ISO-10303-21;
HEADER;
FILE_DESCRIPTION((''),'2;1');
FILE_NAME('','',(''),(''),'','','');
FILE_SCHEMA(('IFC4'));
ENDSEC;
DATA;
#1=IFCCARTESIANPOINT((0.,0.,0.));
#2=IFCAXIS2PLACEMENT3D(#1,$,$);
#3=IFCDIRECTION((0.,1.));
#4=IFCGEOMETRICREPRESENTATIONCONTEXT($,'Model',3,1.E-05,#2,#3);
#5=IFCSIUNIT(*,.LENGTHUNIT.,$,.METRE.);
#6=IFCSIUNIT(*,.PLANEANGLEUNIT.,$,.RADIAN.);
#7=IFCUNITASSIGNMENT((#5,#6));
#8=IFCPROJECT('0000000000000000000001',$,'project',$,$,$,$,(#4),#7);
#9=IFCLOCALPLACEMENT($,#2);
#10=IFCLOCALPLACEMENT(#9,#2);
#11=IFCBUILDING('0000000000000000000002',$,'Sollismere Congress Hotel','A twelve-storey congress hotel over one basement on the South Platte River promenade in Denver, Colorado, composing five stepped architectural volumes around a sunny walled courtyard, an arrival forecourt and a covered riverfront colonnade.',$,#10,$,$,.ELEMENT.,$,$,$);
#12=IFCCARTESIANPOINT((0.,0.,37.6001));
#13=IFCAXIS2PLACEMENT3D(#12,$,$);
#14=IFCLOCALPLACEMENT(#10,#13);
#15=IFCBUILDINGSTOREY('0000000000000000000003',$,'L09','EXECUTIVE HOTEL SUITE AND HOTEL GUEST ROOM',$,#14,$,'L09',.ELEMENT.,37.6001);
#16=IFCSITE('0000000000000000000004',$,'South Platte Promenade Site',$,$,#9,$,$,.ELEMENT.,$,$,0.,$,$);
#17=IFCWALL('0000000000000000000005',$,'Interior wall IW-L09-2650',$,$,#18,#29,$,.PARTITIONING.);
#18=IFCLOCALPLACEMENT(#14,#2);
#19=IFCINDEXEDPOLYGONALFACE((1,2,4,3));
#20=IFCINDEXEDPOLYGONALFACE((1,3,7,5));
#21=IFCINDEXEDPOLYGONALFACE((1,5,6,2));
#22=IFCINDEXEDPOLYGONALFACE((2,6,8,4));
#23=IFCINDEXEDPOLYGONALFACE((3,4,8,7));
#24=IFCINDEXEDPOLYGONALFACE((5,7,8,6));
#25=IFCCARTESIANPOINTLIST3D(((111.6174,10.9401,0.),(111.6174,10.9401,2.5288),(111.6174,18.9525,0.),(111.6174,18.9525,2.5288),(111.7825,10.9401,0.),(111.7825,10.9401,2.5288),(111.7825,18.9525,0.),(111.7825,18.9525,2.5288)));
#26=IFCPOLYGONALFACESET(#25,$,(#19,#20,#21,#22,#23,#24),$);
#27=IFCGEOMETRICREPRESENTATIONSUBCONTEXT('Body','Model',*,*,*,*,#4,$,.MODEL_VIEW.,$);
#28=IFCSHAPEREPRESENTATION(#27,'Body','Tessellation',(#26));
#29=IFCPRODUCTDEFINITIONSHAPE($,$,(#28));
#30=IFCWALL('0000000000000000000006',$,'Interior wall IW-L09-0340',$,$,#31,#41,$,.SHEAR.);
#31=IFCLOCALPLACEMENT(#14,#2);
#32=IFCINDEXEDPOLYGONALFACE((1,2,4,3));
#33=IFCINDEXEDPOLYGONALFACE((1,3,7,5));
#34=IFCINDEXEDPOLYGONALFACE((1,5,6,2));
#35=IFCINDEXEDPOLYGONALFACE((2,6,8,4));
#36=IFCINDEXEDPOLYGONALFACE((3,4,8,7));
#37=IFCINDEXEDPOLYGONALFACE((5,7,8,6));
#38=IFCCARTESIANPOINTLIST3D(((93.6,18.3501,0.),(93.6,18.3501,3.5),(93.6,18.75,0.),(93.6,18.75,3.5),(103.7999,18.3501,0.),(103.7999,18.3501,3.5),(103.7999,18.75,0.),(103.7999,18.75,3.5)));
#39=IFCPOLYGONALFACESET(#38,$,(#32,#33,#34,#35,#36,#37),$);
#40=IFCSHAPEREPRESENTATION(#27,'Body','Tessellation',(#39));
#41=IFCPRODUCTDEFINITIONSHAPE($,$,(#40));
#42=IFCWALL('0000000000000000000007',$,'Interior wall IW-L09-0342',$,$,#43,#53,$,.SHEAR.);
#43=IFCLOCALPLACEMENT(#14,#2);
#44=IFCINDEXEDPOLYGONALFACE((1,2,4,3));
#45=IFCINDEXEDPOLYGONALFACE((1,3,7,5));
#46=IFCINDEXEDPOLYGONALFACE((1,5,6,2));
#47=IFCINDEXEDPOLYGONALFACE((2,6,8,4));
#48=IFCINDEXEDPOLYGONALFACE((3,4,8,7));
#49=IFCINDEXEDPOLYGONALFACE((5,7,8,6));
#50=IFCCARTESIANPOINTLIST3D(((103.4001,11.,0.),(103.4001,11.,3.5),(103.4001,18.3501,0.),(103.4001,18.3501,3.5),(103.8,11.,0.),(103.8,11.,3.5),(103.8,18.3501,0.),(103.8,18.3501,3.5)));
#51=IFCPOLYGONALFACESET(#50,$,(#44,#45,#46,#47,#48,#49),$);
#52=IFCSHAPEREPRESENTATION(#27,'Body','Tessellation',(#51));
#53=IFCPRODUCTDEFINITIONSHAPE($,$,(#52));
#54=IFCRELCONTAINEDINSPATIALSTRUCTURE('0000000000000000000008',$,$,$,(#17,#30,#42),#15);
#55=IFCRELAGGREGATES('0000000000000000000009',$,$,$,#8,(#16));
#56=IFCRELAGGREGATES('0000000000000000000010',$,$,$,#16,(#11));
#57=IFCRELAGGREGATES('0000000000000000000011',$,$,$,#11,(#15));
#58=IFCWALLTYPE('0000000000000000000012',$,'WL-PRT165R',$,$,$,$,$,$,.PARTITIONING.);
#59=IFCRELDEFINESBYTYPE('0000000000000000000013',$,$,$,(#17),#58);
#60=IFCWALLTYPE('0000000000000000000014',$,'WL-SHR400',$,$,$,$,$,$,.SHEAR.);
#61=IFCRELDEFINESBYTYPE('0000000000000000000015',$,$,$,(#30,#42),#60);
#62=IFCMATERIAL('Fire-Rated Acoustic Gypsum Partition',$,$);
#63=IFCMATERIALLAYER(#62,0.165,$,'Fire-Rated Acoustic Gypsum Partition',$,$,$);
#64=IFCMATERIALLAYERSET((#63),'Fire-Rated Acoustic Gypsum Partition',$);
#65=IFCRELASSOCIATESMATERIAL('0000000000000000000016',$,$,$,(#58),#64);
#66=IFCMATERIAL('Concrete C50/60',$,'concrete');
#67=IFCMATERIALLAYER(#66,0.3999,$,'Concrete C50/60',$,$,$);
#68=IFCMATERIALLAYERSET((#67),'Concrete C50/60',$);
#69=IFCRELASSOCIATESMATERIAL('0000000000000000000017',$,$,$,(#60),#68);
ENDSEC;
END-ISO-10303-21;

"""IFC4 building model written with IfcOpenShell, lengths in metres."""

from ifc_helpers import new_model, si_unit, direction, frame, frame_2d, origin, place, context, subcontext, project, spatial, rectangle, extrude, material, layer, layer_set, type_object, element, save


model = new_model("IFC4")

# Units and contexts
model_context = context("Model", 3, precision=1e-05, world=origin(), true_north=direction((0.0, 1.0)))
body_context = subcontext(model_context, "Body", "Model", "MODEL_VIEW")
ifc_project = project(units=[si_unit("LENGTHUNIT", "METRE"), si_unit("PLANEANGLEUNIT", "RADIAN")], contexts=[model_context])

# Site, building, storey
site_placement = place(None, origin())
site = spatial("IfcSite", under=ifc_project, at=site_placement, Name="South Platte Promenade Site", CompositionType="ELEMENT", RefElevation=0.0)
building_placement = place(site_placement, origin())
building = spatial("IfcBuilding", under=site, at=building_placement, Name="Sollismere Congress Hotel", Description="A twelve-storey congress hotel over one basement on the South Platte River promenade in Denver, Colorado, composing five stepped architectural volumes around a sunny walled courtyard, an arrival forecourt and a covered riverfront colonnade.", CompositionType="ELEMENT")
storey_placement = place(building_placement, frame((0.0, 0.0, 37.6001)))
storey = spatial("IfcBuildingStorey", under=building, at=storey_placement, Name="L09", Description="EXECUTIVE HOTEL SUITE AND HOTEL GUEST ROOM", LongName="L09", CompositionType="ELEMENT", Elevation=37.6001)

# Walls
ifc_material_1 = material(Name="Fire-Rated Acoustic Gypsum Partition")
ifc_layer_1 = layer(ifc_material_1, 0.165, Name="Fire-Rated Acoustic Gypsum Partition")
ifc_layer_set_1 = layer_set([ifc_layer_1], Name="Fire-Rated Acoustic Gypsum Partition")
wall_type_1 = type_object("IfcWallType", Name="WL-PRT165R", PredefinedType="PARTITIONING", material=ifc_layer_set_1)
wall_1_placement = place(storey_placement, frame((111.7, 10.9399, 0.0), z_axis=(0.0, 0.0, 1.0), x_axis=(0.0, 1.0, 0.0)))
element("IfcWall", 1, at=wall_1_placement, inside=storey, type_object=wall_type_1, Name="Interior wall IW-L09-2650", PredefinedType="PARTITIONING", context=body_context, shape_type="SweptSolid", body=[
    extrude(rectangle(XDim=8.0125, YDim=0.165, at=frame_2d((4.0063, 0.0))), origin(), (0.0, 0.0, 1.0), 2.5288),
])
ifc_material_2 = material(Name="Concrete C50/60", Category="concrete")
ifc_layer_2 = layer(ifc_material_2, 0.3999, Name="Concrete C50/60")
ifc_layer_set_2 = layer_set([ifc_layer_2], Name="Concrete C50/60")
wall_type_2 = type_object("IfcWallType", Name="WL-SHR400", PredefinedType="SHEAR", material=ifc_layer_set_2)
wall_2_placement = place(storey_placement, frame((103.8, 18.55, 0.0), z_axis=(0.0, 0.0, 1.0), x_axis=(-1.0, 0.0, 0.0)))
element("IfcWall", 2, at=wall_2_placement, inside=storey, type_object=wall_type_2, Name="Interior wall IW-L09-0340", PredefinedType="SHEAR", context=body_context, shape_type="SweptSolid", body=[
    extrude(rectangle(XDim=10.2, YDim=0.3999, at=frame_2d((5.1001, 0.0))), origin(), (0.0, 0.0, 1.0), 3.5),
])
wall_3_placement = place(storey_placement, frame((103.6001, 11.0, 0.0), z_axis=(0.0, 0.0, 1.0), x_axis=(0.0, 1.0, 0.0)))
element("IfcWall", 3, at=wall_3_placement, inside=storey, type_object=wall_type_2, Name="Interior wall IW-L09-0342", PredefinedType="SHEAR", context=body_context, shape_type="SweptSolid", body=[
    extrude(rectangle(XDim=7.3501, YDim=0.3999, at=frame_2d((3.675, 0.0))), origin(), (0.0, 0.0, 1.0), 3.5),
])

save(model, "model.ifc")
